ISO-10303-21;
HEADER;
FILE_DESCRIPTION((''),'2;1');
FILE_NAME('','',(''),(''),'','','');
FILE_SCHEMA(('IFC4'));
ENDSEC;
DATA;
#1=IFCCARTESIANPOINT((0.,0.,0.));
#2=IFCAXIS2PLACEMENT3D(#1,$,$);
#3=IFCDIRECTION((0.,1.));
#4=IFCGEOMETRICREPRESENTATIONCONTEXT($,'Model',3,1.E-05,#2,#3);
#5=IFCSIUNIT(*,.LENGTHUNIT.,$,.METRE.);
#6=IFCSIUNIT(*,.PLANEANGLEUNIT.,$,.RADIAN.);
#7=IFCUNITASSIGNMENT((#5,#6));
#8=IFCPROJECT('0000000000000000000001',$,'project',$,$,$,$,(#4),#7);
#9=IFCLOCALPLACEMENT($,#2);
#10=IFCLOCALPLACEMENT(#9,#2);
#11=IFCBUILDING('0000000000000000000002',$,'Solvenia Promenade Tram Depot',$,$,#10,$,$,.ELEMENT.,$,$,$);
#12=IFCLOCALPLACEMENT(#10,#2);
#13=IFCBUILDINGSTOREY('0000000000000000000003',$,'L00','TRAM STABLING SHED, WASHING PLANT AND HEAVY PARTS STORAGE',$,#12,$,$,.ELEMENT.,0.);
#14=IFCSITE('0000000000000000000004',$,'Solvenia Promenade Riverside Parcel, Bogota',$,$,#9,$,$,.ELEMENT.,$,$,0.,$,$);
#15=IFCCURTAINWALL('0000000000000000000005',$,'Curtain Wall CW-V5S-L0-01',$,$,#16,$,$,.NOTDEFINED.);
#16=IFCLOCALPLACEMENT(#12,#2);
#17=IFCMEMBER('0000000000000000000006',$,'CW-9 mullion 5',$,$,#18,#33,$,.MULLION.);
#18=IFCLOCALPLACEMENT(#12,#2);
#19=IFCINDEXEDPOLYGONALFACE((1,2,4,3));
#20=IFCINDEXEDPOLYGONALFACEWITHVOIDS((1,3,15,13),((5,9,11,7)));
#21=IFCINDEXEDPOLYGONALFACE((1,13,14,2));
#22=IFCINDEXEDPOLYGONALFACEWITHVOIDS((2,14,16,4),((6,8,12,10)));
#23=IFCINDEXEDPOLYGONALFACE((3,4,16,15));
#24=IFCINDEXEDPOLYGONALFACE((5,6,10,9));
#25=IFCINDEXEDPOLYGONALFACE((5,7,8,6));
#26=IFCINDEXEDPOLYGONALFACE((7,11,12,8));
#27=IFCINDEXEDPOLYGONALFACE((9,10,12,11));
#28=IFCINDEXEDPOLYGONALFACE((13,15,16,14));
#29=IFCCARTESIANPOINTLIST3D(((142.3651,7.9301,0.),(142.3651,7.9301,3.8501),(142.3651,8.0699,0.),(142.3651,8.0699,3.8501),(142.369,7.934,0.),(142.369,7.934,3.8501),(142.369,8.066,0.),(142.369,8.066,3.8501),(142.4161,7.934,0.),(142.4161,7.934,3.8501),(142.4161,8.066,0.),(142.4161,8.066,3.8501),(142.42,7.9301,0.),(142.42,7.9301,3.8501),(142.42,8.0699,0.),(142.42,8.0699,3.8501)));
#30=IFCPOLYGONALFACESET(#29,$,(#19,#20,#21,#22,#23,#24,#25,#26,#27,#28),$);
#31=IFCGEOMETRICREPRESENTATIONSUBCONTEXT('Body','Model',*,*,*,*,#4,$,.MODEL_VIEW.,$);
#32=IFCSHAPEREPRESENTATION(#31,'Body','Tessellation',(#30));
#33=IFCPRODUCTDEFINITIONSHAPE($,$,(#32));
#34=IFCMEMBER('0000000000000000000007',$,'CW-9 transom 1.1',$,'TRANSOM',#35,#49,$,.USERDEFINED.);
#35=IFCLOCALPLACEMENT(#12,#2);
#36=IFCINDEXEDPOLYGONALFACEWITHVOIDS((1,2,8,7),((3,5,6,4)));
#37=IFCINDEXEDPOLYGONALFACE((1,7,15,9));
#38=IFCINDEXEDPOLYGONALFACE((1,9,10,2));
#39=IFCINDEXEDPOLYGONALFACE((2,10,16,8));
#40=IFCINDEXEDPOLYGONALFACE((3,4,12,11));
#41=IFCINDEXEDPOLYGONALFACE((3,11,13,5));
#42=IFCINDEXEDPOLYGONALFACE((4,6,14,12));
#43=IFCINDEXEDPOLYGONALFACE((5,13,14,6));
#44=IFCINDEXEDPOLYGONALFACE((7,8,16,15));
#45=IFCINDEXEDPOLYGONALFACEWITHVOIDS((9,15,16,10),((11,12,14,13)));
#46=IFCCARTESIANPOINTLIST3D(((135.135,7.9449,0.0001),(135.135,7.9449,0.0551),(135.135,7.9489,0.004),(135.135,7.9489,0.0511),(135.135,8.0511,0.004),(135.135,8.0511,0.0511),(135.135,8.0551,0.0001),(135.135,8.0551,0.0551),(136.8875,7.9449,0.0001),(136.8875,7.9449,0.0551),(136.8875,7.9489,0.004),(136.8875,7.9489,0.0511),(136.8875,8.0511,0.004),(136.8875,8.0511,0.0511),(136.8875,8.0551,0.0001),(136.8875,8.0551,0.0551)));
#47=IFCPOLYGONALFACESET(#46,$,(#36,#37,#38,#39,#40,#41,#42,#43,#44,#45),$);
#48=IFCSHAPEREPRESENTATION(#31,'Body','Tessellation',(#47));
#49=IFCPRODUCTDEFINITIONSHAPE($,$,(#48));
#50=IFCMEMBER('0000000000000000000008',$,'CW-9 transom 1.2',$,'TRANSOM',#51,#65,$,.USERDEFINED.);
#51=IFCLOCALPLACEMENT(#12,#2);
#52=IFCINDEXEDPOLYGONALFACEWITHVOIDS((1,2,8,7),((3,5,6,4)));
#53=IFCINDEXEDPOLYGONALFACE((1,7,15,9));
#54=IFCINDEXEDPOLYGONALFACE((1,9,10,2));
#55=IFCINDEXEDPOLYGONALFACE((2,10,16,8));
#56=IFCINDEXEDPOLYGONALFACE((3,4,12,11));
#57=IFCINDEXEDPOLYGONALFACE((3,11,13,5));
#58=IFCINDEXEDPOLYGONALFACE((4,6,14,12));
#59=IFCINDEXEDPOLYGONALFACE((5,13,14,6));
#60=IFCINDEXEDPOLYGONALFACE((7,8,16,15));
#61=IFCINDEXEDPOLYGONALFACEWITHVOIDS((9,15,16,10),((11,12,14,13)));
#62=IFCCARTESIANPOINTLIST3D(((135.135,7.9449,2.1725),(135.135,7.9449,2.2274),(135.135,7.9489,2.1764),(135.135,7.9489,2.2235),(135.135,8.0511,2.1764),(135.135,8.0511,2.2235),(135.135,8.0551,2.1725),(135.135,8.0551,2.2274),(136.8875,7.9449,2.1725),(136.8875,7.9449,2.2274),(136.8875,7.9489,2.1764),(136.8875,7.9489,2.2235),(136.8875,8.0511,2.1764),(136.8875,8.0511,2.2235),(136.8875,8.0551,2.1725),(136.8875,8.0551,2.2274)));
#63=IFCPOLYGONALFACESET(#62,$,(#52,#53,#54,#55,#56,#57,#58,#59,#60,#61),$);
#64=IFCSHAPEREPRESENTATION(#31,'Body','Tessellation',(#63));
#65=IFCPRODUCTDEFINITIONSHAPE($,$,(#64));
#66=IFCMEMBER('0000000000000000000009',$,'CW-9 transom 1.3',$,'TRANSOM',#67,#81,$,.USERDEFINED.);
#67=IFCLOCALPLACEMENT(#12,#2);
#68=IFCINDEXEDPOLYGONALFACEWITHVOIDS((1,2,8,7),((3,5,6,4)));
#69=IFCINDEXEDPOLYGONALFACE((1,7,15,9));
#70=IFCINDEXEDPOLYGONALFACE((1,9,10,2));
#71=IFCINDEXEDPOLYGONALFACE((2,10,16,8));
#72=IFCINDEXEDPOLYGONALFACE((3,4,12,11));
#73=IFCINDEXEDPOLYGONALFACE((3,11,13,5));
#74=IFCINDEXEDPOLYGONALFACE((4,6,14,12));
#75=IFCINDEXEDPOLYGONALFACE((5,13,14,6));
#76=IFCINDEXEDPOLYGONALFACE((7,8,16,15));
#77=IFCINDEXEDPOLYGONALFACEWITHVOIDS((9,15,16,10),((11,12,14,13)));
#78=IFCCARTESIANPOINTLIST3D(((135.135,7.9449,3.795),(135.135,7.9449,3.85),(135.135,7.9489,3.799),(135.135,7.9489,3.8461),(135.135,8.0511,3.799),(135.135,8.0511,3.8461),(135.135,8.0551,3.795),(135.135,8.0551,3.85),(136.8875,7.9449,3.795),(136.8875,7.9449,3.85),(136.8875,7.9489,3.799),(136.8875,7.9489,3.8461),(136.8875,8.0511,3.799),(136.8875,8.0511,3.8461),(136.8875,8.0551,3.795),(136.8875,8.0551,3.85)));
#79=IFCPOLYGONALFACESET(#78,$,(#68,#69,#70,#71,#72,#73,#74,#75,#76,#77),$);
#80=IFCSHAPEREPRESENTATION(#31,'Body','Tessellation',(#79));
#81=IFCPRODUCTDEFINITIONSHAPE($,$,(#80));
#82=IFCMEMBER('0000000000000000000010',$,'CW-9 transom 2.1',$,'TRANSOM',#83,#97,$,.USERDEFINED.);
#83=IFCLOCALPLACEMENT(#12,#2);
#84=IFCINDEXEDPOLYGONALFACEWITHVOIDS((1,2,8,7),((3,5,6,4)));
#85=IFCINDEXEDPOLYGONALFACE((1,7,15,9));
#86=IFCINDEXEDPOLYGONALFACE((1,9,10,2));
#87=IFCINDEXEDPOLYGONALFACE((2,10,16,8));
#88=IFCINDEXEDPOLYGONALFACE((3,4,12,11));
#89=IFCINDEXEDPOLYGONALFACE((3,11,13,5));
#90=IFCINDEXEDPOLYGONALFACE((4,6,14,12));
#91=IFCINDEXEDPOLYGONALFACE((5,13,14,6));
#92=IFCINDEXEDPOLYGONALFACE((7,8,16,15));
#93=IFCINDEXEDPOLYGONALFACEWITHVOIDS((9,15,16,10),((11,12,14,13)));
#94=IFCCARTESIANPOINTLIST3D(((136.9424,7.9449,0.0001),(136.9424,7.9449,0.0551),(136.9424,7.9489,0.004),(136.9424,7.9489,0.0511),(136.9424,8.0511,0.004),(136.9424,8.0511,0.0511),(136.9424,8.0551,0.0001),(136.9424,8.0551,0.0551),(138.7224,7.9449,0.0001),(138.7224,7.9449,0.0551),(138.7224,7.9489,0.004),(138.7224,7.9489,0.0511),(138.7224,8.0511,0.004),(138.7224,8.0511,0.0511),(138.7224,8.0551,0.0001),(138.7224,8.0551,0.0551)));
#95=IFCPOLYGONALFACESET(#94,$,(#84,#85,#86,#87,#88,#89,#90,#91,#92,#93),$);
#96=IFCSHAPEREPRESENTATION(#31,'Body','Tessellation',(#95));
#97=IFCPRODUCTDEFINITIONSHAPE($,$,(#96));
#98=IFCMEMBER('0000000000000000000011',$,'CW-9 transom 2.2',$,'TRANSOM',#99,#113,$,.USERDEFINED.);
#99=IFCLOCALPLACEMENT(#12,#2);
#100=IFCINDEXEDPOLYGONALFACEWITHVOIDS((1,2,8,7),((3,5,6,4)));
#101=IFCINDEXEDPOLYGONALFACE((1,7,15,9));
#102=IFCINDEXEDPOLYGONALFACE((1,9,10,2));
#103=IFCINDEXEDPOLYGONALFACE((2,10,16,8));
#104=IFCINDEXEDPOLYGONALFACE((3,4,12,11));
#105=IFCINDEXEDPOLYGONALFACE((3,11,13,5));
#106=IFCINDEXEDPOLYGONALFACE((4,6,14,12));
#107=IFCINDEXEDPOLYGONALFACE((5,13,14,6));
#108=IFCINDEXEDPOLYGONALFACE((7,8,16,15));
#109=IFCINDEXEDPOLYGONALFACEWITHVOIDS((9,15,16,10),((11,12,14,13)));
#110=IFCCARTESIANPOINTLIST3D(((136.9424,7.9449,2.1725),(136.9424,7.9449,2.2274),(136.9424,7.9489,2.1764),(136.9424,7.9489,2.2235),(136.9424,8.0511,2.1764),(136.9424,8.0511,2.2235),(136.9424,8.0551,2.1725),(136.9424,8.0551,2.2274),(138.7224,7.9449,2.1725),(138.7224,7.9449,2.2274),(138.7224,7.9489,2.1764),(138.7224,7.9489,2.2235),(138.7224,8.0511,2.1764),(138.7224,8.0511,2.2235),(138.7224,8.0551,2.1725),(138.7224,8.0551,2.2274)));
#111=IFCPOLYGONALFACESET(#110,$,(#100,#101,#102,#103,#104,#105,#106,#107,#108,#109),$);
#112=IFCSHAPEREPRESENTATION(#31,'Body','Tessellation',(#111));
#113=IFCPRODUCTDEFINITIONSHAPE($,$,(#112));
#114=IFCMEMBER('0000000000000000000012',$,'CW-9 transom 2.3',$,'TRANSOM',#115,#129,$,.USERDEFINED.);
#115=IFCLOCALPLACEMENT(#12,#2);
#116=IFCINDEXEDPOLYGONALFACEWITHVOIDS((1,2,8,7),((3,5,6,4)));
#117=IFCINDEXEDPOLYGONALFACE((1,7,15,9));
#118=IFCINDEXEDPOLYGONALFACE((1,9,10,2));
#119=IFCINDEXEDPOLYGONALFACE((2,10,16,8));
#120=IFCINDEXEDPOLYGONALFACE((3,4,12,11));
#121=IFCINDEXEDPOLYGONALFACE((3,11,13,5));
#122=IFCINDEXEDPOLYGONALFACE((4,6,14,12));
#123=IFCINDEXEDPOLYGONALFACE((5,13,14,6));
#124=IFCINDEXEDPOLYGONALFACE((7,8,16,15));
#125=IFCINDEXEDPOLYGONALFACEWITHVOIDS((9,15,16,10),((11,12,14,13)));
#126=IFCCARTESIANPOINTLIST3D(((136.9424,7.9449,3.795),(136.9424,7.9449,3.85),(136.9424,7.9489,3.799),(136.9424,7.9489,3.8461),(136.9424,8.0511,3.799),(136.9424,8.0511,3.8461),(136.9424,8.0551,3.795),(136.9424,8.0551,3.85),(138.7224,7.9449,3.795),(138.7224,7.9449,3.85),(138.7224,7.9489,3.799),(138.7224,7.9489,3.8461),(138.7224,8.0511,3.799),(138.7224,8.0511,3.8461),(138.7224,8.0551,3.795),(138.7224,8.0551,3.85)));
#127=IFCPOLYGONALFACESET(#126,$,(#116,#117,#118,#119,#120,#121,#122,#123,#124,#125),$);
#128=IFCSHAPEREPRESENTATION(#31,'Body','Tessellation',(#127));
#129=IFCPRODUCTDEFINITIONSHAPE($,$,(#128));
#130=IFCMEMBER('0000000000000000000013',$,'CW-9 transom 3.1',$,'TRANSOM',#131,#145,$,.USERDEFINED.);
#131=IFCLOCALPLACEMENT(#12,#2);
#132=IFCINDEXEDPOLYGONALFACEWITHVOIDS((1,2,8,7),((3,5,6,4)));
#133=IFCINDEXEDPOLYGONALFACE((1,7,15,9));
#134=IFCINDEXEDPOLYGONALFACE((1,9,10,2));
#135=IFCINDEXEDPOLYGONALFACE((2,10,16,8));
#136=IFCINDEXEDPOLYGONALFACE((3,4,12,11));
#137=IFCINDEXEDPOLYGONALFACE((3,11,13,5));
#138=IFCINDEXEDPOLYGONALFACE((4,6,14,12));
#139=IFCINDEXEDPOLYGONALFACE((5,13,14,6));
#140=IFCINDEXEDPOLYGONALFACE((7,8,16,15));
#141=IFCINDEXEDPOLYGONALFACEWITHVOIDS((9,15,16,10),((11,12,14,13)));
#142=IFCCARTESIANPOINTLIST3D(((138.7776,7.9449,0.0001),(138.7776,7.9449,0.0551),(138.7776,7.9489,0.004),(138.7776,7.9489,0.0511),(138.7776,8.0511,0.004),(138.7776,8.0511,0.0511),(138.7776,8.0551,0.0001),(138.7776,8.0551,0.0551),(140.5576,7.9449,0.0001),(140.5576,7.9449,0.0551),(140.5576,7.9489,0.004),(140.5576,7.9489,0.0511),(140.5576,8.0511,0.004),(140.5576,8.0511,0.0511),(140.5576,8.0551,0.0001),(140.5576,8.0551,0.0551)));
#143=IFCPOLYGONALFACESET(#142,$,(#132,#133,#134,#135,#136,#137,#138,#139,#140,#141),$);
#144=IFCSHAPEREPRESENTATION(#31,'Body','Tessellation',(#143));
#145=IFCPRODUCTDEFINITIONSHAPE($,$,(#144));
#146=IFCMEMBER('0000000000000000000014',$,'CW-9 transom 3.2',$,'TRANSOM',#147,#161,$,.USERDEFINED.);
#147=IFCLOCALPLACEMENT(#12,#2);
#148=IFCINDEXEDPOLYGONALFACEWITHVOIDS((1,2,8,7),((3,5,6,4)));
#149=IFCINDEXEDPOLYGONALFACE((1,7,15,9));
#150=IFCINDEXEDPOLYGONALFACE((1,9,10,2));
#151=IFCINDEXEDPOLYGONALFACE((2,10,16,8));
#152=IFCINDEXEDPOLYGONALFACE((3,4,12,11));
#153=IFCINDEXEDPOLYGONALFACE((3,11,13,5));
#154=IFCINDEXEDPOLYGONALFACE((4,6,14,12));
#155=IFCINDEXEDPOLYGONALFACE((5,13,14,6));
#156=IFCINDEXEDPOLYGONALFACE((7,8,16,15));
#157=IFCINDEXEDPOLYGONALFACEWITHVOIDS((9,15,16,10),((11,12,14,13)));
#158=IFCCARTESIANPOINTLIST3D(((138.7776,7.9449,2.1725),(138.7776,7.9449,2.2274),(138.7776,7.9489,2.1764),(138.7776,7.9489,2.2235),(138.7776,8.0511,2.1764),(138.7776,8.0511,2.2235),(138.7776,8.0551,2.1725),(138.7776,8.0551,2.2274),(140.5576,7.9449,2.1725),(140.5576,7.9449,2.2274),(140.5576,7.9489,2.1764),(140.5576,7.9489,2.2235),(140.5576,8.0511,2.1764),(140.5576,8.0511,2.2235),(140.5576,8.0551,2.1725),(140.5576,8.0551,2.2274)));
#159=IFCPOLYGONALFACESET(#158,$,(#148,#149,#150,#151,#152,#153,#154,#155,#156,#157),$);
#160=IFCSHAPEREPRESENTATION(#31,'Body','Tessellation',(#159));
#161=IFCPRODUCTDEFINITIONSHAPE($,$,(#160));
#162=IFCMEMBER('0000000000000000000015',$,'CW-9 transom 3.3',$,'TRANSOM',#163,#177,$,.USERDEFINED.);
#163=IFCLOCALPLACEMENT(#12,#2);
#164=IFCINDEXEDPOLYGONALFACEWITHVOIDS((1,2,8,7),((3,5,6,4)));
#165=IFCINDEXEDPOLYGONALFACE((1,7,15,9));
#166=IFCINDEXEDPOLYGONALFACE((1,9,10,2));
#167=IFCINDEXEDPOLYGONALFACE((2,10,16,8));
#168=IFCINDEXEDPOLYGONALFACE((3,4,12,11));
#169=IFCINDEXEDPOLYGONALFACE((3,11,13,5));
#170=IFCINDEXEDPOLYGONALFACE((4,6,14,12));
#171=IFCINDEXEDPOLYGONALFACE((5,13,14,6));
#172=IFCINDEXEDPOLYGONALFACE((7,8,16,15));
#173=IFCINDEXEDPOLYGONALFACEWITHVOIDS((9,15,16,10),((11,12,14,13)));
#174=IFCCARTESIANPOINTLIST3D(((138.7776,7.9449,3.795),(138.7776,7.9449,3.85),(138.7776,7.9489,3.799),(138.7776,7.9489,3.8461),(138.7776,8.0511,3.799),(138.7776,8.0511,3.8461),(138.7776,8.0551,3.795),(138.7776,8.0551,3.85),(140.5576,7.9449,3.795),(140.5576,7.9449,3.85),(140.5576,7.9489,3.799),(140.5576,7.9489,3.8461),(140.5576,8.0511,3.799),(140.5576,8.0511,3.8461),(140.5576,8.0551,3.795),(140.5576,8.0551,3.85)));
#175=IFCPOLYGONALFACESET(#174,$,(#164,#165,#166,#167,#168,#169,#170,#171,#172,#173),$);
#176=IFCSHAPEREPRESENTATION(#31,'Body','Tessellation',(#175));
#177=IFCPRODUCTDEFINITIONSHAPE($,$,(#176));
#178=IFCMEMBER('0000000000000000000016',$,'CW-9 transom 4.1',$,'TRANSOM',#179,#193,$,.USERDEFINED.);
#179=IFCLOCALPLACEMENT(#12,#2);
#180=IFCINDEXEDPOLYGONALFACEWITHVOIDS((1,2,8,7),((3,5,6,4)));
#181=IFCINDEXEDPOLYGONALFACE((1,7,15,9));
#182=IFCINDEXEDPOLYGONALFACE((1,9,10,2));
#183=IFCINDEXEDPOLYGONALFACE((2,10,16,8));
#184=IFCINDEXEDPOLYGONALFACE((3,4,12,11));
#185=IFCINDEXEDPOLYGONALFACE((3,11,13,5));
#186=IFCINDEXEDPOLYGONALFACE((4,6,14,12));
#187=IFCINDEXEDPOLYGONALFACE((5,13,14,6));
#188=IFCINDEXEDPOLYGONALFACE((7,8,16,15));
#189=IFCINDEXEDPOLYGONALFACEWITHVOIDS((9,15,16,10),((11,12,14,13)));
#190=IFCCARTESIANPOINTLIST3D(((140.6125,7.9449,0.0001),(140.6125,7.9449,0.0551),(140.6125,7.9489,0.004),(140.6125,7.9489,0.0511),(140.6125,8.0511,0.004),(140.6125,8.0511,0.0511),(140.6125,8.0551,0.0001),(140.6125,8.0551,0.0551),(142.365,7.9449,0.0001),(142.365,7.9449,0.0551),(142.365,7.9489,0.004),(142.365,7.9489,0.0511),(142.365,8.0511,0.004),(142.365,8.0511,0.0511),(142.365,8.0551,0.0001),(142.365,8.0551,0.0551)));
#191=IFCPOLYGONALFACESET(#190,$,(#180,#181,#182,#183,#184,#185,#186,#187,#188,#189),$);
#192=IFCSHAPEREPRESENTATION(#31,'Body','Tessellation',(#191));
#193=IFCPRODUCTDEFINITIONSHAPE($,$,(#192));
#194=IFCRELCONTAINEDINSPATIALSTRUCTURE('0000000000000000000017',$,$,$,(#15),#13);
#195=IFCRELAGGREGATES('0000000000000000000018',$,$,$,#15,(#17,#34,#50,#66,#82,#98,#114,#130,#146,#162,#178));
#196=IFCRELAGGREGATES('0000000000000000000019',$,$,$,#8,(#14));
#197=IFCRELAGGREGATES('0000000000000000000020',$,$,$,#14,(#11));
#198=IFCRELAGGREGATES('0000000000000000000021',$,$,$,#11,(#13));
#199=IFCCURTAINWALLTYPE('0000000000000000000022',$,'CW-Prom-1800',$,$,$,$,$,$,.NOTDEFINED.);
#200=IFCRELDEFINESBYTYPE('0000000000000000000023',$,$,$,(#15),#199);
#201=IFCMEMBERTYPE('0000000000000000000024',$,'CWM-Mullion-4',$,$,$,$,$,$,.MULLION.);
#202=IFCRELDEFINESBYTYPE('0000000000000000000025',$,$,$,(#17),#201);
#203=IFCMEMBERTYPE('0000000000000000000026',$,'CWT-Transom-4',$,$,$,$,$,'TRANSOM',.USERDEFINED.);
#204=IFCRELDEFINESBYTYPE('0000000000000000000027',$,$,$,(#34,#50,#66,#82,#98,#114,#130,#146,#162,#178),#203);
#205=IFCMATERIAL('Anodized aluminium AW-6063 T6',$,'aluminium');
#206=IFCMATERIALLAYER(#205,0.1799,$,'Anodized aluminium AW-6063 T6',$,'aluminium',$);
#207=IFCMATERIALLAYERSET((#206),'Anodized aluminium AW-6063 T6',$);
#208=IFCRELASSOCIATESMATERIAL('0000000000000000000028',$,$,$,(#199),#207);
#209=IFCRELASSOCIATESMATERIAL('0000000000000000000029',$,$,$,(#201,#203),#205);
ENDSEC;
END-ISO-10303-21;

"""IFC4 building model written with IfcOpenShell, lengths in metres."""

from ifc_helpers import new_model, si_unit, direction, frame, origin, origin_2d, place, context, subcontext, project, spatial, hollow_rectangle, extrude, material, layer, layer_set, material_profile, profile_set, type_object, element, aggregate, save


model = new_model("IFC4")

# Units and contexts
model_context = context("Model", 3, precision=1e-05, world=origin(), true_north=direction((0.0, 1.0)))
body_context = subcontext(model_context, "Body", "Model", "MODEL_VIEW")
ifc_project = project(units=[si_unit("LENGTHUNIT", "METRE"), si_unit("PLANEANGLEUNIT", "RADIAN")], contexts=[model_context])

# Site, building, storey
site_placement = place(None, origin())
site = spatial("IfcSite", under=ifc_project, at=site_placement, Name="Solvenia Promenade Riverside Parcel, Bogota", CompositionType="ELEMENT", RefElevation=0.0)
building_placement = place(site_placement, origin())
building = spatial("IfcBuilding", under=site, at=building_placement, Name="Solvenia Promenade Tram Depot", CompositionType="ELEMENT")
storey_placement = place(building_placement, origin())
storey = spatial("IfcBuildingStorey", under=building, at=storey_placement, Name="L00", Description="TRAM STABLING SHED, WASHING PLANT AND HEAVY PARTS STORAGE", CompositionType="ELEMENT", Elevation=0.0)

# Curtain wall, members
ifc_material_1 = material(Name="Anodized aluminium AW-6063 T6", Category="aluminium")
ifc_layer_1 = layer(ifc_material_1, 0.1799, Name="Anodized aluminium AW-6063 T6", Category="aluminium")
ifc_layer_set_1 = layer_set([ifc_layer_1], Name="Anodized aluminium AW-6063 T6")
curtain_wall_type = type_object("IfcCurtainWallType", Name="CW-Prom-1800", PredefinedType="NOTDEFINED", material=ifc_layer_set_1)
curtain_wall_placement = place(storey_placement, origin())
curtain_wall = element("IfcCurtainWall", 1, at=curtain_wall_placement, inside=storey, type_object=curtain_wall_type, Name="Curtain Wall CW-V5S-L0-01", PredefinedType="NOTDEFINED")
ifc_material_profile_1 = material_profile(ifc_material_1, hollow_rectangle(XDim=0.1399, YDim=0.0549, WallThickness=0.0039, at=origin_2d()), Name="ALU-M4", Category="aluminium")
ifc_profile_set_1 = profile_set([ifc_material_profile_1], Name="Anodized aluminium AW-6063 T6")
member_type_1 = type_object("IfcMemberType", Name="CWM-Mullion-4", PredefinedType="MULLION", material=ifc_profile_set_1)
member_1_placement = place(storey_placement, frame((142.3926, 8.0, 0.0), z_axis=(0.0, 0.0, 1.0), x_axis=(0.0, 1.0, 0.0)))
member_1 = element("IfcMember", 2, at=member_1_placement, type_object=member_type_1, Name="CW-9 mullion 5", PredefinedType="MULLION", context=body_context, shape_type="SweptSolid", body=[
    extrude(hollow_rectangle(XDim=0.1399, YDim=0.0549, WallThickness=0.0039, at=origin_2d()), origin(), (0.0, 0.0, 1.0), 3.8501),
])
ifc_material_profile_2 = material_profile(ifc_material_1, hollow_rectangle(XDim=0.1101, YDim=0.0549, WallThickness=0.0039, at=origin_2d()), Name="ALU-T4", Category="aluminium")
ifc_profile_set_2 = profile_set([ifc_material_profile_2], Name="Anodized aluminium AW-6063 T6")
member_type_2 = type_object("IfcMemberType", Name="CWT-Transom-4", ElementType="TRANSOM", PredefinedType="USERDEFINED", material=ifc_profile_set_2)
member_2_placement = place(storey_placement, frame((135.135, 8.0, 0.0276), z_axis=(1.0, 0.0, 0.0), x_axis=(0.0, 1.0, 0.0)))
member_2 = element("IfcMember", 3, at=member_2_placement, type_object=member_type_2, Name="CW-9 transom 1.1", ObjectType="TRANSOM", PredefinedType="USERDEFINED", context=body_context, shape_type="SweptSolid", body=[
    extrude(hollow_rectangle(XDim=0.1101, YDim=0.0549, WallThickness=0.0039, at=origin_2d()), origin(), (0.0, 0.0, 1.0), 1.7524),
])
member_3_placement = place(storey_placement, frame((135.135, 8.0, 2.2), z_axis=(1.0, 0.0, 0.0), x_axis=(0.0, 1.0, 0.0)))
member_3 = element("IfcMember", 4, at=member_3_placement, type_object=member_type_2, Name="CW-9 transom 1.2", ObjectType="TRANSOM", PredefinedType="USERDEFINED", context=body_context, shape_type="SweptSolid", body=[
    extrude(hollow_rectangle(XDim=0.1101, YDim=0.0549, WallThickness=0.0039, at=origin_2d()), origin(), (0.0, 0.0, 1.0), 1.7524),
])
member_4_placement = place(storey_placement, frame((135.135, 8.0, 3.8225), z_axis=(1.0, 0.0, 0.0), x_axis=(0.0, 1.0, 0.0)))
member_4 = element("IfcMember", 5, at=member_4_placement, type_object=member_type_2, Name="CW-9 transom 1.3", ObjectType="TRANSOM", PredefinedType="USERDEFINED", context=body_context, shape_type="SweptSolid", body=[
    extrude(hollow_rectangle(XDim=0.1101, YDim=0.0549, WallThickness=0.0039, at=origin_2d()), origin(), (0.0, 0.0, 1.0), 1.7524),
])
member_5_placement = place(storey_placement, frame((136.9424, 8.0, 0.0276), z_axis=(1.0, 0.0, 0.0), x_axis=(0.0, 1.0, 0.0)))
member_5 = element("IfcMember", 6, at=member_5_placement, type_object=member_type_2, Name="CW-9 transom 2.1", ObjectType="TRANSOM", PredefinedType="USERDEFINED", context=body_context, shape_type="SweptSolid", body=[
    extrude(hollow_rectangle(XDim=0.1101, YDim=0.0549, WallThickness=0.0039, at=origin_2d()), origin(), (0.0, 0.0, 1.0), 1.78),
])
member_6_placement = place(storey_placement, frame((136.9424, 8.0, 2.2), z_axis=(1.0, 0.0, 0.0), x_axis=(0.0, 1.0, 0.0)))
member_6 = element("IfcMember", 7, at=member_6_placement, type_object=member_type_2, Name="CW-9 transom 2.2", ObjectType="TRANSOM", PredefinedType="USERDEFINED", context=body_context, shape_type="SweptSolid", body=[
    extrude(hollow_rectangle(XDim=0.1101, YDim=0.0549, WallThickness=0.0039, at=origin_2d()), origin(), (0.0, 0.0, 1.0), 1.78),
])
member_7_placement = place(storey_placement, frame((136.9424, 8.0, 3.8225), z_axis=(1.0, 0.0, 0.0), x_axis=(0.0, 1.0, 0.0)))
member_7 = element("IfcMember", 8, at=member_7_placement, type_object=member_type_2, Name="CW-9 transom 2.3", ObjectType="TRANSOM", PredefinedType="USERDEFINED", context=body_context, shape_type="SweptSolid", body=[
    extrude(hollow_rectangle(XDim=0.1101, YDim=0.0549, WallThickness=0.0039, at=origin_2d()), origin(), (0.0, 0.0, 1.0), 1.78),
])
member_8_placement = place(storey_placement, frame((138.7776, 8.0, 0.0276), z_axis=(1.0, 0.0, 0.0), x_axis=(0.0, 1.0, 0.0)))
member_8 = element("IfcMember", 9, at=member_8_placement, type_object=member_type_2, Name="CW-9 transom 3.1", ObjectType="TRANSOM", PredefinedType="USERDEFINED", context=body_context, shape_type="SweptSolid", body=[
    extrude(hollow_rectangle(XDim=0.1101, YDim=0.0549, WallThickness=0.0039, at=origin_2d()), origin(), (0.0, 0.0, 1.0), 1.78),
])
member_9_placement = place(storey_placement, frame((138.7776, 8.0, 2.2), z_axis=(1.0, 0.0, 0.0), x_axis=(0.0, 1.0, 0.0)))
member_9 = element("IfcMember", 10, at=member_9_placement, type_object=member_type_2, Name="CW-9 transom 3.2", ObjectType="TRANSOM", PredefinedType="USERDEFINED", context=body_context, shape_type="SweptSolid", body=[
    extrude(hollow_rectangle(XDim=0.1101, YDim=0.0549, WallThickness=0.0039, at=origin_2d()), origin(), (0.0, 0.0, 1.0), 1.78),
])
member_10_placement = place(storey_placement, frame((138.7776, 8.0, 3.8225), z_axis=(1.0, 0.0, 0.0), x_axis=(0.0, 1.0, 0.0)))
member_10 = element("IfcMember", 11, at=member_10_placement, type_object=member_type_2, Name="CW-9 transom 3.3", ObjectType="TRANSOM", PredefinedType="USERDEFINED", context=body_context, shape_type="SweptSolid", body=[
    extrude(hollow_rectangle(XDim=0.1101, YDim=0.0549, WallThickness=0.0039, at=origin_2d()), origin(), (0.0, 0.0, 1.0), 1.78),
])
member_11_placement = place(storey_placement, frame((140.6125, 8.0, 0.0276), z_axis=(1.0, 0.0, 0.0), x_axis=(0.0, 1.0, 0.0)))
member_11 = element("IfcMember", 12, at=member_11_placement, type_object=member_type_2, Name="CW-9 transom 4.1", ObjectType="TRANSOM", PredefinedType="USERDEFINED", context=body_context, shape_type="SweptSolid", body=[
    extrude(hollow_rectangle(XDim=0.1101, YDim=0.0549, WallThickness=0.0039, at=origin_2d()), origin(), (0.0, 0.0, 1.0), 1.7524),
])
aggregate(curtain_wall, [member_1, member_2, member_3, member_4, member_5, member_6, member_7, member_8, member_9, member_10, member_11])

save(model, "model.ifc")
